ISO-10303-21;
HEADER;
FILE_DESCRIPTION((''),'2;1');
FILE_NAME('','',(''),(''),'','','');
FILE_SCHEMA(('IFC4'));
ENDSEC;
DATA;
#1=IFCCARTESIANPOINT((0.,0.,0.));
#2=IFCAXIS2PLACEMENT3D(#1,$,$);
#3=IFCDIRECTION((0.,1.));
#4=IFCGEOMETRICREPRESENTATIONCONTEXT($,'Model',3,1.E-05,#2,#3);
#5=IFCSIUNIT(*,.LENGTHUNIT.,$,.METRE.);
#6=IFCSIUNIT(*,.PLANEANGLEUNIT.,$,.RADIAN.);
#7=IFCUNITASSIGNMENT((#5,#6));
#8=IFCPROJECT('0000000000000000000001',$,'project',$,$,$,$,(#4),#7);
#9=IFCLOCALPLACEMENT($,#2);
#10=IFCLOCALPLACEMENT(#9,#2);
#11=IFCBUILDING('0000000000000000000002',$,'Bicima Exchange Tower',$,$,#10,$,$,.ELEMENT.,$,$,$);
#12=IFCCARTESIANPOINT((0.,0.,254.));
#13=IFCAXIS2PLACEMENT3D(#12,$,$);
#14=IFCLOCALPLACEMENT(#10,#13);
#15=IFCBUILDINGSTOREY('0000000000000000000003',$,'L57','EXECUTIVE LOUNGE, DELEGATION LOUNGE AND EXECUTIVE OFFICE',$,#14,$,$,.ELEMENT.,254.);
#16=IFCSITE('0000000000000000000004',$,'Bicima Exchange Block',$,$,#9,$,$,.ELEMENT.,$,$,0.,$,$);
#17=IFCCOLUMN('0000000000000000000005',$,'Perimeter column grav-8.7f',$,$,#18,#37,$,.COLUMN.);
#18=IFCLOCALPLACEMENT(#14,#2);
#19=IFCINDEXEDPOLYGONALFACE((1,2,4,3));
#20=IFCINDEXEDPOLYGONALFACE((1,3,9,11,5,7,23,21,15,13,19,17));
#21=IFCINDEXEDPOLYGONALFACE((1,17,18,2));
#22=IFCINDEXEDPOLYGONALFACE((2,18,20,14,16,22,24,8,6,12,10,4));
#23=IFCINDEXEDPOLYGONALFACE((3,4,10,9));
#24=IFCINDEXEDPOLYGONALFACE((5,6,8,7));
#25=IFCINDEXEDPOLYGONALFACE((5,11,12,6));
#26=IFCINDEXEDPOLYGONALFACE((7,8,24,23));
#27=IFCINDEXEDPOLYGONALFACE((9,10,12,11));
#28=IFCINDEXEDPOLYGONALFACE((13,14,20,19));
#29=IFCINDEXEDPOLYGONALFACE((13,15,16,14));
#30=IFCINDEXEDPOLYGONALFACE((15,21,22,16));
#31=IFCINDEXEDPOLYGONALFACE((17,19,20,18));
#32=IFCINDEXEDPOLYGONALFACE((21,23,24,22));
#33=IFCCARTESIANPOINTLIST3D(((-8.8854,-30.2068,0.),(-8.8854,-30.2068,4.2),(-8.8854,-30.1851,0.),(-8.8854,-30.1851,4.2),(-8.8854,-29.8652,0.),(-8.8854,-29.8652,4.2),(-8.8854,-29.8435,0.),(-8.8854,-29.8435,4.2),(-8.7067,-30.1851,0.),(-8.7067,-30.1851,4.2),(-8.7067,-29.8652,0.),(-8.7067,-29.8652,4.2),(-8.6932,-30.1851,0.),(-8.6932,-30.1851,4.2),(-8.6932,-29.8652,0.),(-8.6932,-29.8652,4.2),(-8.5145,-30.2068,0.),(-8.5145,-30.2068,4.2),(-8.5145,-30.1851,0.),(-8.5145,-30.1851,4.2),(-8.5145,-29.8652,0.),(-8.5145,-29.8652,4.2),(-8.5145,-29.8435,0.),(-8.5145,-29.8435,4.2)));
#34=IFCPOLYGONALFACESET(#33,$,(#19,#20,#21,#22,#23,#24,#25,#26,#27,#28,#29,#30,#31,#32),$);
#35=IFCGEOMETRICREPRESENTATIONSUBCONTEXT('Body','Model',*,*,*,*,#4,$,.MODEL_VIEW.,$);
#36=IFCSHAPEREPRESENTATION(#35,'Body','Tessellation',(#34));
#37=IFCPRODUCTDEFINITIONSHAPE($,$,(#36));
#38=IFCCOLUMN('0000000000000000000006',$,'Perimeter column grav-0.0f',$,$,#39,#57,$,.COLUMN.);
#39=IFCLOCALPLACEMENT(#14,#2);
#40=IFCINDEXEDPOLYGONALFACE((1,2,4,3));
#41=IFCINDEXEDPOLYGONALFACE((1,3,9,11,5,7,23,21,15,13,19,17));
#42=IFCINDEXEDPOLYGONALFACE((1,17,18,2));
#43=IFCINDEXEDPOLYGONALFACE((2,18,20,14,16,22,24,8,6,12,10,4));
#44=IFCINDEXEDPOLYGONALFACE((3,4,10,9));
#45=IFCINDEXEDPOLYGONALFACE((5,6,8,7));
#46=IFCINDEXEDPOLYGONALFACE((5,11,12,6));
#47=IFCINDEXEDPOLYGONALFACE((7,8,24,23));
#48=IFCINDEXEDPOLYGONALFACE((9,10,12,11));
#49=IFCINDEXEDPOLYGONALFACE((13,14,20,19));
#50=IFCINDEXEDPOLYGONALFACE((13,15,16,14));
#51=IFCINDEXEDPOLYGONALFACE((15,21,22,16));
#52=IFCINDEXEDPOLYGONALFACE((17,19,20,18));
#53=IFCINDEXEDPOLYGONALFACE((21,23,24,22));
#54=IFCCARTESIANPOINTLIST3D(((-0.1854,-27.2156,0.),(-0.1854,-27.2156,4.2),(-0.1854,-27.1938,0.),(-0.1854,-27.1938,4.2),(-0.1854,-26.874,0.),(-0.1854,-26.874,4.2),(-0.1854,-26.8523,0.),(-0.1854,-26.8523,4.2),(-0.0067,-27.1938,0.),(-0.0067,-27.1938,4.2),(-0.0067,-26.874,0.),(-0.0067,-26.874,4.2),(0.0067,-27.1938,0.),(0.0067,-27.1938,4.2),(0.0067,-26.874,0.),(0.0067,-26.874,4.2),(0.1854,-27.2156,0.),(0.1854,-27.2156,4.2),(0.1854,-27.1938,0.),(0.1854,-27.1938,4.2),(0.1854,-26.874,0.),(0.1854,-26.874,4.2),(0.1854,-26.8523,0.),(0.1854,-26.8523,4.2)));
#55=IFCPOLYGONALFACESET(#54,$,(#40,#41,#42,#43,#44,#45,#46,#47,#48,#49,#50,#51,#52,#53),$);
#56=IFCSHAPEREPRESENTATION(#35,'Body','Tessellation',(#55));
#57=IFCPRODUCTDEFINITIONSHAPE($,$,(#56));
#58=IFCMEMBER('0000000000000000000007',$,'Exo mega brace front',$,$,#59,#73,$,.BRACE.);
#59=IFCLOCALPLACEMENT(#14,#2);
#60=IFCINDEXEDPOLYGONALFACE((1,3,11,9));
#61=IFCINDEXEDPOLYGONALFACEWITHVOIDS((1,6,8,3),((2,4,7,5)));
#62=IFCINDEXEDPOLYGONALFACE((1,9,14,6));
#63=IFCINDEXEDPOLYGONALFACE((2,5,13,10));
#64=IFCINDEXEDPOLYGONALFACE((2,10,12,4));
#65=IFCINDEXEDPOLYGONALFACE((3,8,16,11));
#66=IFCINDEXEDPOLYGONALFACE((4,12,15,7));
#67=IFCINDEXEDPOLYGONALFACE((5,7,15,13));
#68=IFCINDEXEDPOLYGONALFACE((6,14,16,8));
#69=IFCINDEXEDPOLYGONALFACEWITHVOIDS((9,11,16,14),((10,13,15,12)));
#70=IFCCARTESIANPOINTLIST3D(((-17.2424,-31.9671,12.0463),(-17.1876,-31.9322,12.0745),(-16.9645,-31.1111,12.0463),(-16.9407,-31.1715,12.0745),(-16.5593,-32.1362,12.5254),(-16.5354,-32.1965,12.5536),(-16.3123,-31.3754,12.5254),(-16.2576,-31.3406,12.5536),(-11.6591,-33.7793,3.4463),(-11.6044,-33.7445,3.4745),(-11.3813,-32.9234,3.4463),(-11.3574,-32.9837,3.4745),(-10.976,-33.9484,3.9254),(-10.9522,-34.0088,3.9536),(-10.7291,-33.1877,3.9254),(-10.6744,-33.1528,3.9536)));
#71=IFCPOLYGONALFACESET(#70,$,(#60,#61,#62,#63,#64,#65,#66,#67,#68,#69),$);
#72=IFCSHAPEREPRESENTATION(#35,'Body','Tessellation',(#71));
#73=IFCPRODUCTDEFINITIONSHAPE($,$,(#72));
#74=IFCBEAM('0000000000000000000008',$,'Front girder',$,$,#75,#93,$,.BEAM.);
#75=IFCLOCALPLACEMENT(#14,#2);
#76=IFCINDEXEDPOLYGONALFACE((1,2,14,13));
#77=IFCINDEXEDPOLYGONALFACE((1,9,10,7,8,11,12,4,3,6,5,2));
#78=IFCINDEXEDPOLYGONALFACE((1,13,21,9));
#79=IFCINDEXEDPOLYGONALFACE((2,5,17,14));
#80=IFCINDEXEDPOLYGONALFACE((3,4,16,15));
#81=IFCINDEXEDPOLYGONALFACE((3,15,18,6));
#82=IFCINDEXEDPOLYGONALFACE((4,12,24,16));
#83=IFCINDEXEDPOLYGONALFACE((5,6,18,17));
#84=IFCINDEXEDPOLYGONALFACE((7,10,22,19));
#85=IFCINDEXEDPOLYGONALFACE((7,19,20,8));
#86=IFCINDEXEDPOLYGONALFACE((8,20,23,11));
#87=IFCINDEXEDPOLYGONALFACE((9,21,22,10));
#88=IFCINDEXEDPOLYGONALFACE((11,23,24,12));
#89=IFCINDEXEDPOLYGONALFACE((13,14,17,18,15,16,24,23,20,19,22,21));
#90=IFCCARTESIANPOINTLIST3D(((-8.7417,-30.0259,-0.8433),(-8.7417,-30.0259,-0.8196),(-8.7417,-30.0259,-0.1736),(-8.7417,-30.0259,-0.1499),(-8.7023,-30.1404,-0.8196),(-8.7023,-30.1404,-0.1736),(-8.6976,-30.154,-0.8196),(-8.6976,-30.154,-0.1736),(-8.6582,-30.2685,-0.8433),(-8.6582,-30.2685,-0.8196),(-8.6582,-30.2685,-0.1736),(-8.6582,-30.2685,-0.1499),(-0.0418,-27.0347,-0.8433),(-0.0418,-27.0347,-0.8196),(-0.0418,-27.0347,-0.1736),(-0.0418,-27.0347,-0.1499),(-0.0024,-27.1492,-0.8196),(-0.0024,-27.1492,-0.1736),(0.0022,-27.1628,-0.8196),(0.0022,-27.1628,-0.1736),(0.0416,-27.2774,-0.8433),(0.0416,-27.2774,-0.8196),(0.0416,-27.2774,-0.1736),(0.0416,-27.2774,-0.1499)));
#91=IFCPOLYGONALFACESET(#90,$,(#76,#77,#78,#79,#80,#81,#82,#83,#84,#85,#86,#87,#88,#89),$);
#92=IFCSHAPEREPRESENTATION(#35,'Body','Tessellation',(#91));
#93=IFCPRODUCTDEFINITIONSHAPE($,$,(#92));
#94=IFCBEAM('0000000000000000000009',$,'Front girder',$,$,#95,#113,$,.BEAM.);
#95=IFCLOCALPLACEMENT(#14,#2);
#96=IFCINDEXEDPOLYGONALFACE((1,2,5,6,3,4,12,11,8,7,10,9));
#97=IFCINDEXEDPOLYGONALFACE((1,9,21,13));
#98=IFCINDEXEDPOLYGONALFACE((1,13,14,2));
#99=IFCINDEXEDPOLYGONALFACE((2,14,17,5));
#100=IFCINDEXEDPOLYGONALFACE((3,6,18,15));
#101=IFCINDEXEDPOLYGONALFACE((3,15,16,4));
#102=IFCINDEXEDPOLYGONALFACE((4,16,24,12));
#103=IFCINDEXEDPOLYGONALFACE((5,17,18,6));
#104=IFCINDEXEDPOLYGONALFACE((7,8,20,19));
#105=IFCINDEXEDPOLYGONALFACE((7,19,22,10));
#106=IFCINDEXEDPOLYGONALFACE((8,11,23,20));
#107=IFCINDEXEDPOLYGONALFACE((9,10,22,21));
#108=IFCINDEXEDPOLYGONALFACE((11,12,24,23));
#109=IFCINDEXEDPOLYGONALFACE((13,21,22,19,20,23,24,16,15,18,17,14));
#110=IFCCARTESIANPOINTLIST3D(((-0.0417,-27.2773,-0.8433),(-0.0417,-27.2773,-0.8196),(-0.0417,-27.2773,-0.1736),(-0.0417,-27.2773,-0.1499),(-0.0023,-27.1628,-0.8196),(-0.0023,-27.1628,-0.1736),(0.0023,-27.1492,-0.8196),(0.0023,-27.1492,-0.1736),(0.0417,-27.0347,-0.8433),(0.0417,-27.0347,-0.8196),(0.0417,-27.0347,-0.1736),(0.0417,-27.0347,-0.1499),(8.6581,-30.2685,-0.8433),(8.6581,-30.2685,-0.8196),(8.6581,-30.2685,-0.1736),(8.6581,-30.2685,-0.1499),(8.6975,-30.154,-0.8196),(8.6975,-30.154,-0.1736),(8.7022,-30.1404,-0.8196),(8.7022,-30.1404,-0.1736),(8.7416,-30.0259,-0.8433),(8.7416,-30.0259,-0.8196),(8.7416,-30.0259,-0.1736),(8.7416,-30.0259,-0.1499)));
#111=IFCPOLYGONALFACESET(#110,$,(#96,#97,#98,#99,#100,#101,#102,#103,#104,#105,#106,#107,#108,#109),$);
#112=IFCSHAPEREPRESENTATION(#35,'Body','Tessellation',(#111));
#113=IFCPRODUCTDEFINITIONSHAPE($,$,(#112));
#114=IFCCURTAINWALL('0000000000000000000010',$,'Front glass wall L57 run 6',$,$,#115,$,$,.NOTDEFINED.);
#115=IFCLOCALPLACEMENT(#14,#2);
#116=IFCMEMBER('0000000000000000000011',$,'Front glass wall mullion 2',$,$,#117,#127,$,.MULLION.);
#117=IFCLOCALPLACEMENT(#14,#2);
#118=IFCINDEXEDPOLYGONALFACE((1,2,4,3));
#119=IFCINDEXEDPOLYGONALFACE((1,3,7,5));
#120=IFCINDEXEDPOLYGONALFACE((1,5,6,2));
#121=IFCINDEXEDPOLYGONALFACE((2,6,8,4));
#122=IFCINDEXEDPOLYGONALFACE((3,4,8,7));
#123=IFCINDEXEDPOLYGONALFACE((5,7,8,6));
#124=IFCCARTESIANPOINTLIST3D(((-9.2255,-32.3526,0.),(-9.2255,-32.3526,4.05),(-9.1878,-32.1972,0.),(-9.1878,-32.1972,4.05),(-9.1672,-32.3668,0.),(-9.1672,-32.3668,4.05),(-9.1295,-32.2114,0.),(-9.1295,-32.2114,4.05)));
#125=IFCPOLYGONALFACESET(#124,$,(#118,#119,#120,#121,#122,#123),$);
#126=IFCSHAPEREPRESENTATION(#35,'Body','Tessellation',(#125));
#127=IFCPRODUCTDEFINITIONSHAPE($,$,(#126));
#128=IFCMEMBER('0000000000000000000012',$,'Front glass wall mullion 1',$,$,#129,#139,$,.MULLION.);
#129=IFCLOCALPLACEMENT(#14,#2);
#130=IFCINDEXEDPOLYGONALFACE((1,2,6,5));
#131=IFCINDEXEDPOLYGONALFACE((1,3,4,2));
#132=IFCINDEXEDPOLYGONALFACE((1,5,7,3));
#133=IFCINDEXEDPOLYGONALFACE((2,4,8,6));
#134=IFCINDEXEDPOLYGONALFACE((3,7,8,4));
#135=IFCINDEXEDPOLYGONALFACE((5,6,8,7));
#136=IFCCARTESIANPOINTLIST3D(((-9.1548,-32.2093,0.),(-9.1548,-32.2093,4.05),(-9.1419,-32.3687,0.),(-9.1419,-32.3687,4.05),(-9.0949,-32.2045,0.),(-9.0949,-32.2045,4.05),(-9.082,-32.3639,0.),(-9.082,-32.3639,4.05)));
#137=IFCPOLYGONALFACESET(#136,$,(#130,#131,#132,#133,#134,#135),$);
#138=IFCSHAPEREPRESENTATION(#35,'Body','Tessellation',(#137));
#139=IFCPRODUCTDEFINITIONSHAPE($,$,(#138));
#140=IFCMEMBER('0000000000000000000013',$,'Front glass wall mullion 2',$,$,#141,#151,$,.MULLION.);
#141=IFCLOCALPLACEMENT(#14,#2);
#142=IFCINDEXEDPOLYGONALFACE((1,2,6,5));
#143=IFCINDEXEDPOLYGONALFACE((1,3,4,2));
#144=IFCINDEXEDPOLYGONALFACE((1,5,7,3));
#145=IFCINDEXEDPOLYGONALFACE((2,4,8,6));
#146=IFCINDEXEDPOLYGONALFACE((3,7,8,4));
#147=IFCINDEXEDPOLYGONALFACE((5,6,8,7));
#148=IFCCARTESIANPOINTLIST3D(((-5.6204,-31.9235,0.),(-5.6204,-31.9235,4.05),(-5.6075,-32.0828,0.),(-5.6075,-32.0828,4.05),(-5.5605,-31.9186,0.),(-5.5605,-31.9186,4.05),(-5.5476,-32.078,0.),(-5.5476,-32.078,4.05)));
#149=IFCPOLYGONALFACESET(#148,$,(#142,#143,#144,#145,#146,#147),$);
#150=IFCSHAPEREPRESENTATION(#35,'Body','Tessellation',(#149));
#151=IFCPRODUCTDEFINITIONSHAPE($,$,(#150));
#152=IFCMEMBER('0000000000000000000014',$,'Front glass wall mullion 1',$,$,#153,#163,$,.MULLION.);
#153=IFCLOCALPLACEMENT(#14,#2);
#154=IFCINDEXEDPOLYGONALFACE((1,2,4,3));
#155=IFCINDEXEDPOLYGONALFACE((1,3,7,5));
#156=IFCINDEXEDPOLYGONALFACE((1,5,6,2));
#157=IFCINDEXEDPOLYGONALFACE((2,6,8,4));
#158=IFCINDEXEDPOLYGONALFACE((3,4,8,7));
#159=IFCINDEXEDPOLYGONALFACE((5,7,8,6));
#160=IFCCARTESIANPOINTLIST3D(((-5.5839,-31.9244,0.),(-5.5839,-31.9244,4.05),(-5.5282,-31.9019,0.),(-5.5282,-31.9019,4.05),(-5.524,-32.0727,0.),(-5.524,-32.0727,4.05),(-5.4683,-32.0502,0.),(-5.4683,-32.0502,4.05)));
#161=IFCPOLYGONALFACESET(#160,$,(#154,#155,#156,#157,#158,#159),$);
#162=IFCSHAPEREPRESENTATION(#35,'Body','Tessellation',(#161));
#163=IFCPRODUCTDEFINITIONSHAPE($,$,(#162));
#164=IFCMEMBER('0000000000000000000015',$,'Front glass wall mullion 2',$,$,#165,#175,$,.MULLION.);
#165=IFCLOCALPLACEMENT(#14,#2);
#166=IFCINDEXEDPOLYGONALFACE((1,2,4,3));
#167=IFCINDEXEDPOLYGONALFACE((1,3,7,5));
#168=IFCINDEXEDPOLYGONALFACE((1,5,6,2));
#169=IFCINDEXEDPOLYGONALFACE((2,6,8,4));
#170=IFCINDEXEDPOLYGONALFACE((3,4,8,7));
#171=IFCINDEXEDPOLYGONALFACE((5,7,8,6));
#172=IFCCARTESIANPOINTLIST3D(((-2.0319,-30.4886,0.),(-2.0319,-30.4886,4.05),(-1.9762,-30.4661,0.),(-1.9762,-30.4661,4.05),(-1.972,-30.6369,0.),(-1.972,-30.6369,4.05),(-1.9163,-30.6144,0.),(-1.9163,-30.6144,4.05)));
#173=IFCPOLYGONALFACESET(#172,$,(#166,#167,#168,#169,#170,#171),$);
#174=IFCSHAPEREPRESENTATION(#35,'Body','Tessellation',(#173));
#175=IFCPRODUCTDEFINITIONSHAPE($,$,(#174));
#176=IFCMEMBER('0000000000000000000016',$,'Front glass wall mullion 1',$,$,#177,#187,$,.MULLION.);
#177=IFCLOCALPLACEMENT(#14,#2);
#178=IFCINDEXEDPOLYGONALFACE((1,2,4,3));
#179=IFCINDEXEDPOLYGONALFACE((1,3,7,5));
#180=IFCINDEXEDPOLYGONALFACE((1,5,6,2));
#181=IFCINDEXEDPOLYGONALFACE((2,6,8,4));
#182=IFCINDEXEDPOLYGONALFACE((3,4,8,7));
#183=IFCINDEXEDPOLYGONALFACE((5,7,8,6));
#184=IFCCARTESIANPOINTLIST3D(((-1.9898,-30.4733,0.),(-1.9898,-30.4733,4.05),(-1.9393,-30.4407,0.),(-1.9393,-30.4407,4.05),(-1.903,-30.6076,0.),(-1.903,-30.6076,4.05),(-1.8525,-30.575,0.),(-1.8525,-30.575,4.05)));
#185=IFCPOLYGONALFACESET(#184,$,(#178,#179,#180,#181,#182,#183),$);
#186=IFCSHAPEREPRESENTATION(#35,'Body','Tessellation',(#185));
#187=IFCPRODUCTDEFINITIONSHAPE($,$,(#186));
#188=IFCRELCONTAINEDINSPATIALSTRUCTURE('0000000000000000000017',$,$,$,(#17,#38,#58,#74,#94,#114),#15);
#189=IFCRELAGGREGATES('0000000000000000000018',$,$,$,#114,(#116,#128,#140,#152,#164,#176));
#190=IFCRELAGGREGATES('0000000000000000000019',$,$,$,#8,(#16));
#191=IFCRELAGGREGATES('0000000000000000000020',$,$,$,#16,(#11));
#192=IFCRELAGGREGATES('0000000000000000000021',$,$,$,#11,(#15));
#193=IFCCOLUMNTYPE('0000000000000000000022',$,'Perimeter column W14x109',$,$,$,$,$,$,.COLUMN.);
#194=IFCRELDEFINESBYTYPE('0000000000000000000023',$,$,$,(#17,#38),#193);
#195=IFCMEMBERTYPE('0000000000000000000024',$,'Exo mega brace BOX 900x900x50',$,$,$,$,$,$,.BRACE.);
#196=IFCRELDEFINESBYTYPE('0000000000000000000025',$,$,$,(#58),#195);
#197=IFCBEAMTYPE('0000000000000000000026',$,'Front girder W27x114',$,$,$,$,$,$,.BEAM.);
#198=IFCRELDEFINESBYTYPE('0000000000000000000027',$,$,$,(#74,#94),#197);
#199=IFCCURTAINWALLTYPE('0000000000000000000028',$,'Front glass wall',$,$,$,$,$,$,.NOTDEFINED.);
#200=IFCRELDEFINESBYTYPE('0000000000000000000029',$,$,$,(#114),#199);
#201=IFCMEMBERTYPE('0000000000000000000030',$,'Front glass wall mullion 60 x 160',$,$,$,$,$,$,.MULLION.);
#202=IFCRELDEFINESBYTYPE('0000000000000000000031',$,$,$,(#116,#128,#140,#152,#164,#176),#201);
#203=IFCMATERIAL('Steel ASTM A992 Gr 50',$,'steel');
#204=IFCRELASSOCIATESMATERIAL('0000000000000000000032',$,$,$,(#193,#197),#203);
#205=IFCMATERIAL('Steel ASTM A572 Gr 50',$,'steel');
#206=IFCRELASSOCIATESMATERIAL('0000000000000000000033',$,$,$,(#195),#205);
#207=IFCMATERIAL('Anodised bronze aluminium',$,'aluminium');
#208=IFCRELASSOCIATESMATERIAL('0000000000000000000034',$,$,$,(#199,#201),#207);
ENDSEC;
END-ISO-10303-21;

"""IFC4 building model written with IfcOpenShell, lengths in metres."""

from ifc_helpers import new_model, si_unit, direction, frame, origin, origin_2d, place, context, subcontext, project, spatial, rectangle, hollow_rectangle, i_section, extrude, material, material_profile, profile_set, type_object, element, aggregate, save


model = new_model("IFC4")

# Units and contexts
model_context = context("Model", 3, precision=1e-05, world=origin(), true_north=direction((0.0, 1.0)))
body_context = subcontext(model_context, "Body", "Model", "MODEL_VIEW")
ifc_project = project(units=[si_unit("LENGTHUNIT", "METRE"), si_unit("PLANEANGLEUNIT", "RADIAN")], contexts=[model_context])

# Site, building, storey
site_placement = place(None, origin())
site = spatial("IfcSite", under=ifc_project, at=site_placement, Name="Bicima Exchange Block", CompositionType="ELEMENT", RefElevation=0.0)
building_placement = place(site_placement, origin())
building = spatial("IfcBuilding", under=site, at=building_placement, Name="Bicima Exchange Tower", CompositionType="ELEMENT")
storey_placement = place(building_placement, frame((0.0, 0.0, 254.0)))
storey = spatial("IfcBuildingStorey", under=building, at=storey_placement, Name="L57", Description="EXECUTIVE LOUNGE, DELEGATION LOUNGE AND EXECUTIVE OFFICE", CompositionType="ELEMENT", Elevation=254.0)

# Columns
ifc_material_1 = material(Name="Steel ASTM A992 Gr 50", Category="steel")
ifc_material_profile_1 = material_profile(ifc_material_1, i_section(OverallWidth=0.3708, OverallDepth=0.3633, WebThickness=0.0134, FlangeThickness=0.0217, at=origin_2d()))
ifc_profile_set_1 = profile_set([ifc_material_profile_1], Name="Steel ASTM A992 Gr 50")
column_type = type_object("IfcColumnType", Name="Perimeter column W14x109", PredefinedType="COLUMN", material=ifc_profile_set_1)
for number, where, z_axis, x_axis, name in (
    (1, (-8.7, -30.0251, 0.0), (0.0, 0.0, 1.0), (1.0, 0.0, 0.0), "Perimeter column grav-8.7f"),
    (2, (0.0, -27.0339, 0.0), (0.0, 0.0, 1.0), (1.0, 0.0, 0.0), "Perimeter column grav-0.0f"),
):
    element("IfcColumn", number, at=place(storey_placement, frame(where, z_axis=z_axis, x_axis=x_axis)), inside=storey, type_object=column_type, Name=name, PredefinedType="COLUMN", context=body_context, shape_type="SweptSolid", body=[
        extrude(i_section(OverallWidth=0.3708, OverallDepth=0.3633, WebThickness=0.0134, FlangeThickness=0.0217, at=origin_2d()), origin(), (0.0, 0.0, 1.0), 4.2),
    ])

# Member
ifc_material_2 = material(Name="Steel ASTM A572 Gr 50", Category="steel")
ifc_material_profile_2 = material_profile(ifc_material_2, hollow_rectangle(XDim=0.8999, YDim=0.8999, WallThickness=0.05, at=origin_2d()))
ifc_profile_set_2 = profile_set([ifc_material_profile_2], Name="Steel ASTM A572 Gr 50")
member_type_1 = type_object("IfcMemberType", Name="Exo mega brace BOX 900x900x50", PredefinedType="BRACE", material=ifc_profile_set_2)
member_1_placement = place(storey_placement, frame((-11.1667, -33.4661, 3.7), z_axis=(-0.53621, 0.174047, 0.825945), x_axis=(-0.308732, -0.951149, 0.0)))
element("IfcMember", 3, at=member_1_placement, inside=storey, type_object=member_type_1, Name="Exo mega brace front", PredefinedType="BRACE", context=body_context, shape_type="SweptSolid", body=[
    extrude(hollow_rectangle(XDim=0.8999, YDim=0.8999, WallThickness=0.05, at=origin_2d()), origin(), (0.0, 0.0, 1.0), 10.4124),
])

# Beams
ifc_material_profile_3 = material_profile(ifc_material_1, i_section(OverallWidth=0.2566, OverallDepth=0.6934, WebThickness=0.0144, FlangeThickness=0.0237, at=origin_2d()))
ifc_profile_set_3 = profile_set([ifc_material_profile_3], Name="Steel ASTM A992 Gr 50")
beam_type = type_object("IfcBeamType", Name="Front girder W27x114", PredefinedType="BEAM", material=ifc_profile_set_3)
for number, where, z_axis, x_axis, name in (
    (4, (-8.7, -30.1472, -0.4966), (0.945666, 0.325138, 0.0), (-0.325138, 0.945666, 0.0), "Front girder"),
    (5, (0.0, -27.156, -0.4966), (0.945666, -0.325138, 0.0), (0.325138, 0.945666, 0.0), "Front girder"),
):
    element("IfcBeam", number, at=place(storey_placement, frame(where, z_axis=z_axis, x_axis=x_axis)), inside=storey, type_object=beam_type, Name=name, PredefinedType="BEAM", context=body_context, shape_type="SweptSolid", body=[
        extrude(i_section(OverallWidth=0.2566, OverallDepth=0.6934, WebThickness=0.0144, FlangeThickness=0.0237, at=origin_2d()), origin(), (0.0, 0.0, 1.0), 9.1997),
    ])

# Curtain wall, members
ifc_material_3 = material(Name="Anodised bronze aluminium", Category="aluminium")
curtain_wall_type = type_object("IfcCurtainWallType", Name="Front glass wall", PredefinedType="NOTDEFINED", material=ifc_material_3)
curtain_wall_placement = place(storey_placement, origin())
curtain_wall = element("IfcCurtainWall", 6, at=curtain_wall_placement, inside=storey, type_object=curtain_wall_type, Name="Front glass wall L57 run 6", PredefinedType="NOTDEFINED")
ifc_material_profile_4 = material_profile(ifc_material_3, rectangle(XDim=0.1599, YDim=0.0601, at=origin_2d()))
ifc_profile_set_4 = profile_set([ifc_material_profile_4], Name="Anodised bronze aluminium")
member_type_2 = type_object("IfcMemberType", Name="Front glass wall mullion 60 x 160", PredefinedType="MULLION", material=ifc_profile_set_4)
member_2_placement = place(storey_placement, frame((-9.1775, -32.282, 0.0), z_axis=(0.0, 0.0, 1.0), x_axis=(0.235682, 0.97183, 0.0)))
member_2 = element("IfcMember", 7, at=member_2_placement, type_object=member_type_2, Name="Front glass wall mullion 2", PredefinedType="MULLION", context=body_context, shape_type="SweptSolid", body=[
    extrude(rectangle(XDim=0.1599, YDim=0.0601, at=origin_2d()), origin(), (0.0, 0.0, 1.0), 4.05),
])
member_3_placement = place(storey_placement, frame((-9.1184, -32.2866, 0.0), z_axis=(0.0, 0.0, 1.0), x_axis=(-0.080589, 0.996747, 0.0)))
member_3 = element("IfcMember", 8, at=member_3_placement, type_object=member_type_2, Name="Front glass wall mullion 1", PredefinedType="MULLION", context=body_context, shape_type="SweptSolid", body=[
    extrude(rectangle(XDim=0.1599, YDim=0.0601, at=origin_2d()), origin(), (0.0, 0.0, 1.0), 4.05),
])
member_4_placement = place(storey_placement, frame((-5.584, -32.0007, 0.0), z_axis=(0.0, 0.0, 1.0), x_axis=(-0.080589, 0.996747, 0.0)))
member_4 = element("IfcMember", 9, at=member_4_placement, type_object=member_type_2, Name="Front glass wall mullion 2", PredefinedType="MULLION", context=body_context, shape_type="SweptSolid", body=[
    extrude(rectangle(XDim=0.1599, YDim=0.0601, at=origin_2d()), origin(), (0.0, 0.0, 1.0), 4.05),
])
member_5_placement = place(storey_placement, frame((-5.5261, -31.9873, 0.0), z_axis=(0.0, 0.0, 1.0), x_axis=(-0.374705, 0.927144, 0.0)))
member_5 = element("IfcMember", 10, at=member_5_placement, type_object=member_type_2, Name="Front glass wall mullion 1", PredefinedType="MULLION", context=body_context, shape_type="SweptSolid", body=[
    extrude(rectangle(XDim=0.1599, YDim=0.0601, at=origin_2d()), origin(), (0.0, 0.0, 1.0), 4.05),
])
member_6_placement = place(storey_placement, frame((-1.9741, -30.5515, 0.0), z_axis=(0.0, 0.0, 1.0), x_axis=(-0.374705, 0.927144, 0.0)))
member_6 = element("IfcMember", 11, at=member_6_placement, type_object=member_type_2, Name="Front glass wall mullion 2", PredefinedType="MULLION", context=body_context, shape_type="SweptSolid", body=[
    extrude(rectangle(XDim=0.1599, YDim=0.0601, at=origin_2d()), origin(), (0.0, 0.0, 1.0), 4.05),
])
member_7_placement = place(storey_placement, frame((-1.9211, -30.5242, 0.0), z_axis=(0.0, 0.0, 1.0), x_axis=(-0.542897, 0.839799, 0.0)))
member_7 = element("IfcMember", 12, at=member_7_placement, type_object=member_type_2, Name="Front glass wall mullion 1", PredefinedType="MULLION", context=body_context, shape_type="SweptSolid", body=[
    extrude(rectangle(XDim=0.1599, YDim=0.0601, at=origin_2d()), origin(), (0.0, 0.0, 1.0), 4.05),
])

aggregate(curtain_wall, [member_2, member_3, member_4, member_5, member_6, member_7])

save(model, "model.ifc")
